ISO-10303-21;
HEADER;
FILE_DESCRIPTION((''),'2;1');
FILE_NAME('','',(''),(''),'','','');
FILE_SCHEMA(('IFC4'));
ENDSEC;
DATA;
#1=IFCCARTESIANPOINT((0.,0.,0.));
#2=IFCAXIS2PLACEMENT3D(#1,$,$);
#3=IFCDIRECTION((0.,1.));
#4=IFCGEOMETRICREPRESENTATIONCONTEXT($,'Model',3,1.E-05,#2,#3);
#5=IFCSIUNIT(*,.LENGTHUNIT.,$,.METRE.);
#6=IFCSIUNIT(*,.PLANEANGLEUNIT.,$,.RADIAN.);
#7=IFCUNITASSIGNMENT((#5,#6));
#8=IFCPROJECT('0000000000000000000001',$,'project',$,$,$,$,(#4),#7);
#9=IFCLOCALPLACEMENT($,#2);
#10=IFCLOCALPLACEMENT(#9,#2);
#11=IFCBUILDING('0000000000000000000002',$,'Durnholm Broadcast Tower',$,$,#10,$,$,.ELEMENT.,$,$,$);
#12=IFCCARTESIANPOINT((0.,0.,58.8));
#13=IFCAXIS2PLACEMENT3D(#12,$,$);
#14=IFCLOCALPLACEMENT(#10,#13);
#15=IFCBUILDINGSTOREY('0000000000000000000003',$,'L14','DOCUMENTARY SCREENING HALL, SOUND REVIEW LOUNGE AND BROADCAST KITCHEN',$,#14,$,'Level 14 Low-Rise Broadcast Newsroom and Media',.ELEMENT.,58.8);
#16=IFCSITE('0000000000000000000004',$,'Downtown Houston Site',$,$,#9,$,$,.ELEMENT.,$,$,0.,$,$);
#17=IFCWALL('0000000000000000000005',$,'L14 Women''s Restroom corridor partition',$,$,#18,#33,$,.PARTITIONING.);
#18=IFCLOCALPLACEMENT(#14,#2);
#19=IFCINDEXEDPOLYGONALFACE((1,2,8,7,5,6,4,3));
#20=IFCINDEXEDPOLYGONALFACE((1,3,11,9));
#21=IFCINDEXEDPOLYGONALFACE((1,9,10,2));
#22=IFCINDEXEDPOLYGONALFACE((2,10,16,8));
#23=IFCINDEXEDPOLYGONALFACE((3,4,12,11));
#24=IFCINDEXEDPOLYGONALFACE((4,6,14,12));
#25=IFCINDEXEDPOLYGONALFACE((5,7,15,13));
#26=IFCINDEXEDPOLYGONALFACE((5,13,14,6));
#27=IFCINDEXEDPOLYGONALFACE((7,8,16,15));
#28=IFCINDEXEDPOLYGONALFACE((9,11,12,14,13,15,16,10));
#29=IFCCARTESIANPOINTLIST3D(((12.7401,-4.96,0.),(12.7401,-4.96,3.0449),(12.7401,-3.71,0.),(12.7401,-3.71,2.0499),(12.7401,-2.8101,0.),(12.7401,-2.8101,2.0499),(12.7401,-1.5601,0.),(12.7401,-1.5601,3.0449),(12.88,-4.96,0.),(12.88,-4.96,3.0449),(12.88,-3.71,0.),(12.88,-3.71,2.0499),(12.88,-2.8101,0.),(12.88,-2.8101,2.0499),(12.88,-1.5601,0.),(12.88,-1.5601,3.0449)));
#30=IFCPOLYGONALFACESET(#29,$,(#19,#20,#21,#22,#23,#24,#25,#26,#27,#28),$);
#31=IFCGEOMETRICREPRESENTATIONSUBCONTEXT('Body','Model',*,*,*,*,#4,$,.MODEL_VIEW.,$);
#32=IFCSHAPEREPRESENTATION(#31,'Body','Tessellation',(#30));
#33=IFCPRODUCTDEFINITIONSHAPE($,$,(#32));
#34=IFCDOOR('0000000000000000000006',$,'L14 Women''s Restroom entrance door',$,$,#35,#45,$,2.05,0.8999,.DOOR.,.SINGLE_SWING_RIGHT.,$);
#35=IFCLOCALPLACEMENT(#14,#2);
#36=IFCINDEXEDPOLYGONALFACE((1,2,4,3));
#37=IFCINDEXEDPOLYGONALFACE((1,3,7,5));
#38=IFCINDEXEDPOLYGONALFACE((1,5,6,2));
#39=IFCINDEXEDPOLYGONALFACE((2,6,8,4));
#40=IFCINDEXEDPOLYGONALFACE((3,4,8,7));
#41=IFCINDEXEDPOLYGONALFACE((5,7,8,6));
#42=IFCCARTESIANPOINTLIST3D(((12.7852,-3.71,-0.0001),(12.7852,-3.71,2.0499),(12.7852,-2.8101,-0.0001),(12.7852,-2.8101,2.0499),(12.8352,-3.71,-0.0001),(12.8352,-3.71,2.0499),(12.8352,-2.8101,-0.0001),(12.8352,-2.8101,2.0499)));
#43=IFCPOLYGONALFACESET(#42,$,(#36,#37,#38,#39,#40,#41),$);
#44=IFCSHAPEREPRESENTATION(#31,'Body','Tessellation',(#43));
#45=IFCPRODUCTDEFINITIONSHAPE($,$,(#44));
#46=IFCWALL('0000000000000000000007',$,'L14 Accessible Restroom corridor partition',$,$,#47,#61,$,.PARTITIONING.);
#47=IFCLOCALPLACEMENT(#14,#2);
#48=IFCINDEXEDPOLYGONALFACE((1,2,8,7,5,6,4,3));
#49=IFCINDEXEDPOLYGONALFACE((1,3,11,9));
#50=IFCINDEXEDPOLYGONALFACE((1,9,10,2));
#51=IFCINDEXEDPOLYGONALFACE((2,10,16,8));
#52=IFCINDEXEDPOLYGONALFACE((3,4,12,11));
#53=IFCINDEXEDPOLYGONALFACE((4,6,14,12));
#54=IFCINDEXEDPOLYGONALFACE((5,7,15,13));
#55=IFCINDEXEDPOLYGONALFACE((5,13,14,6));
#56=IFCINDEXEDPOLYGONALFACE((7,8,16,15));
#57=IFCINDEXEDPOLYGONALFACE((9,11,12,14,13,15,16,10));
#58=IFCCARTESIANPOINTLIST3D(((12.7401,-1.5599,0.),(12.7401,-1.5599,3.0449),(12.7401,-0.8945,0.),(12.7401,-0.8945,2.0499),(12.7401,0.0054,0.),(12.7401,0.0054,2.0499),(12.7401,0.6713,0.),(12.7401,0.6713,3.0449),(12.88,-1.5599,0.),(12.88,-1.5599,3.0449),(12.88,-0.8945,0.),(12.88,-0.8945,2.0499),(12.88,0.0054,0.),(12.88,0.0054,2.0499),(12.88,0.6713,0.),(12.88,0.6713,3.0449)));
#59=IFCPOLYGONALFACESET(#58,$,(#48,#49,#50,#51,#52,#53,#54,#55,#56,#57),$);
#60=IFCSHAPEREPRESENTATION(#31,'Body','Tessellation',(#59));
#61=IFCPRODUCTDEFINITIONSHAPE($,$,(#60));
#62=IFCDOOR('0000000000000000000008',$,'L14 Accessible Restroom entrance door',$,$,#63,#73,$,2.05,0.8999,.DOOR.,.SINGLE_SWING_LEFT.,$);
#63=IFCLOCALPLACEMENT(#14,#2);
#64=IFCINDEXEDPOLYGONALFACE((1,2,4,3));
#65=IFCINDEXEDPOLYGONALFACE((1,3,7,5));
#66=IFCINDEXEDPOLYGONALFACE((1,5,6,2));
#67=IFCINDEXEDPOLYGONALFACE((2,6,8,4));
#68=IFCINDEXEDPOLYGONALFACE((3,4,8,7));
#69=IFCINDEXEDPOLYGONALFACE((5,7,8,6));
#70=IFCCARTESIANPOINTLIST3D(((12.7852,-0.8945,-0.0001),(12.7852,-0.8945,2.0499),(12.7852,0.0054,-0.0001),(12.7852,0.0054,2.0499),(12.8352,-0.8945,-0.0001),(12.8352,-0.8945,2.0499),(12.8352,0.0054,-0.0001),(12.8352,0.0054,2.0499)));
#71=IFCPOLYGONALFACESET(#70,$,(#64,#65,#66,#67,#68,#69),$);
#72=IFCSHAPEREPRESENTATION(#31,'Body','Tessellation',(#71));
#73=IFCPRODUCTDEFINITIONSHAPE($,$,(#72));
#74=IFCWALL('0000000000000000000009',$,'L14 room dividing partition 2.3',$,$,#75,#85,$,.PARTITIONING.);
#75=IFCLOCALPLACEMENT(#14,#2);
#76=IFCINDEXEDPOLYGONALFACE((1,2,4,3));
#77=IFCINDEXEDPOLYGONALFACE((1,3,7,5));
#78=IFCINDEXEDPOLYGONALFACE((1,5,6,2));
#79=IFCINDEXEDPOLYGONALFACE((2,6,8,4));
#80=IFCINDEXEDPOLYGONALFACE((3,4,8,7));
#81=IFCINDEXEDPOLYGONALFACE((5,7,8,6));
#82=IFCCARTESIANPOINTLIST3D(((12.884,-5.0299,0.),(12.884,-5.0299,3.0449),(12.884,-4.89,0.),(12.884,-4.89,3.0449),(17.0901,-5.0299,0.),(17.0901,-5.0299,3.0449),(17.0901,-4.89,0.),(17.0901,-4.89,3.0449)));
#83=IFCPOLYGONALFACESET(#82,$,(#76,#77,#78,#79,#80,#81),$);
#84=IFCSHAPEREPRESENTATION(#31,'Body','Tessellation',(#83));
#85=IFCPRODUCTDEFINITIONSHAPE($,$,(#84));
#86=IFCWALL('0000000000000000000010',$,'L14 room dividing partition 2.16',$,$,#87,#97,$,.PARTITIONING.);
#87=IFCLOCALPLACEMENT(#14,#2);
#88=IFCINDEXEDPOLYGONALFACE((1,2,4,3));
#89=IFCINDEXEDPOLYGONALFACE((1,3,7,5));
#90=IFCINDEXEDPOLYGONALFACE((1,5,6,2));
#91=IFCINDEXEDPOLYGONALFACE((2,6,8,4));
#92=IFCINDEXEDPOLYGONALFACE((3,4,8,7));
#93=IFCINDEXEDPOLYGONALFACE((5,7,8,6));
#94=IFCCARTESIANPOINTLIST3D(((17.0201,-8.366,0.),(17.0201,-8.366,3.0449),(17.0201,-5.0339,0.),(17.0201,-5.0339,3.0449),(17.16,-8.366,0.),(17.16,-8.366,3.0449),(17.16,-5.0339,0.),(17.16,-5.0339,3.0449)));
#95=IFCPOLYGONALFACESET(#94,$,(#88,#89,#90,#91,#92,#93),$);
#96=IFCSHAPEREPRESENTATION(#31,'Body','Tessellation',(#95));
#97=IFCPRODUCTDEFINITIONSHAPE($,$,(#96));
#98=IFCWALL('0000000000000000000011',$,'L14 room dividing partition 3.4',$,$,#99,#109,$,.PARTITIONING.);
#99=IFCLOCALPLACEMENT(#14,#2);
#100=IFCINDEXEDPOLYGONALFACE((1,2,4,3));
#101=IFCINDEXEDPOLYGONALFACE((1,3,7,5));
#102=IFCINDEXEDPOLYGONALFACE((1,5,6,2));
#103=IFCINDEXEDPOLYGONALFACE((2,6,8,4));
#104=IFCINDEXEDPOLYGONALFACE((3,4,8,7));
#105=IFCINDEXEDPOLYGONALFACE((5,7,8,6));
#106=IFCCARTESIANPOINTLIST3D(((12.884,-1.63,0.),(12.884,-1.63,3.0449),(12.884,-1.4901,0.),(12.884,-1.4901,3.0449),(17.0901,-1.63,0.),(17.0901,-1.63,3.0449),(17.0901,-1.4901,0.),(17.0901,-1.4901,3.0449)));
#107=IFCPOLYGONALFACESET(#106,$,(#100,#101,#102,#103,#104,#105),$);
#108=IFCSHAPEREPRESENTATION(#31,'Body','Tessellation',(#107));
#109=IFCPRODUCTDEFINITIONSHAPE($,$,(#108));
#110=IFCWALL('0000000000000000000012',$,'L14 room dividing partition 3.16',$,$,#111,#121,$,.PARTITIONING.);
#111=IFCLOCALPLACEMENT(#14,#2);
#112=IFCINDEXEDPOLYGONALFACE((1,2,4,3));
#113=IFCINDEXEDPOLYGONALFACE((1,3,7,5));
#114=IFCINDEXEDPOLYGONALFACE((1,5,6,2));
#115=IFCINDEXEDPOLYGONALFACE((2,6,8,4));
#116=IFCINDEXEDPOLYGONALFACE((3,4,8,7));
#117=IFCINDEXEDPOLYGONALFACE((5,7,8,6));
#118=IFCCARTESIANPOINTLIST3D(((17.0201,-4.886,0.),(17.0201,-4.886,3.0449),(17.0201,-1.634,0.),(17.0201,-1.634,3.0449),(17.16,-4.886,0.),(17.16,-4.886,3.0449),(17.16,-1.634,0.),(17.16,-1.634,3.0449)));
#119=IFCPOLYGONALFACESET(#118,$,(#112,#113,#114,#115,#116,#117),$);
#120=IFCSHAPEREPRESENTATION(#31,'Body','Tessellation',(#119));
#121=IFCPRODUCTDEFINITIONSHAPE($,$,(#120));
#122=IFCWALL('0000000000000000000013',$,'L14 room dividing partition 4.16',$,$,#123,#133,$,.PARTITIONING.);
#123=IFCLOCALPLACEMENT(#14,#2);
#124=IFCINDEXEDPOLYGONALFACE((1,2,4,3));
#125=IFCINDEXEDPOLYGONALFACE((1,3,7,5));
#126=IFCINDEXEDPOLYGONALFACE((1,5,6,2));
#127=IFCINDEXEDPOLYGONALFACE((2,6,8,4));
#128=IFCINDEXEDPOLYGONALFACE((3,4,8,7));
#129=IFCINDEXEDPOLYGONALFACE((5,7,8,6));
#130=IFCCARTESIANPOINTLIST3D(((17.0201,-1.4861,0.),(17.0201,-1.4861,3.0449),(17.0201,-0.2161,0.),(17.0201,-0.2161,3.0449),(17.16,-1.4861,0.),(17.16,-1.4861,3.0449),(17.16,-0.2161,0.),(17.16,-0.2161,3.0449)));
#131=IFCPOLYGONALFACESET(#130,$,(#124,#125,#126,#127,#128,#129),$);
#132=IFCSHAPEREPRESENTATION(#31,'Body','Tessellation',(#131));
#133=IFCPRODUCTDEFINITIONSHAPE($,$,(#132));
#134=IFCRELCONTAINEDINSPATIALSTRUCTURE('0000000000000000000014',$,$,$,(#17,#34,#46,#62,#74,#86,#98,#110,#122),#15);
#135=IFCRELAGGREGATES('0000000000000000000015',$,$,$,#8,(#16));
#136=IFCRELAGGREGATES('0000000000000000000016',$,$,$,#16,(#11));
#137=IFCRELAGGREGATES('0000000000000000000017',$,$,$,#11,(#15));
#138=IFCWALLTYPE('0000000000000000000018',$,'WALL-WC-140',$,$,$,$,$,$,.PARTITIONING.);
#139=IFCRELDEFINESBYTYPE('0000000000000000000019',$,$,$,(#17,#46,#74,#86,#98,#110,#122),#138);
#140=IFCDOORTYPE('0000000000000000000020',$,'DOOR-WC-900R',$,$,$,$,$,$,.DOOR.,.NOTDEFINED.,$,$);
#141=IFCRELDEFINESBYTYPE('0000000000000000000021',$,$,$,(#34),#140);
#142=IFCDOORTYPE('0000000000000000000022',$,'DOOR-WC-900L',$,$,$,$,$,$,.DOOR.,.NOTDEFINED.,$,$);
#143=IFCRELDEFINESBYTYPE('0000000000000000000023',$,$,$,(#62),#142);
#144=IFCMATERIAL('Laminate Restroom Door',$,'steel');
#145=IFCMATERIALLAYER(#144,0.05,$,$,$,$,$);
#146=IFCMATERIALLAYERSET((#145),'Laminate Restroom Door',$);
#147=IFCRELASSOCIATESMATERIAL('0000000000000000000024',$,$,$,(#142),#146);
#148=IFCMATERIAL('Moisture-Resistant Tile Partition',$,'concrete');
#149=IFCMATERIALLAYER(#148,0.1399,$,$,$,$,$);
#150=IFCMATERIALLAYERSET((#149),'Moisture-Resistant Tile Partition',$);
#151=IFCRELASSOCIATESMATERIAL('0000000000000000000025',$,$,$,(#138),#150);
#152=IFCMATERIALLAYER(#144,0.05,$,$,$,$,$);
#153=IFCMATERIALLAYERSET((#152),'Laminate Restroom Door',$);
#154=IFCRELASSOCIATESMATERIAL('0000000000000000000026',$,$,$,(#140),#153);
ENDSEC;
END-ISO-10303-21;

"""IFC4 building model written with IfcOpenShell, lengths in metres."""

from ifc_helpers import new_model, si_unit, direction, frame, frame_2d, origin, place, context, subcontext, project, spatial, rectangle, extrude, source, transform, mapped, material, layer, layer_set, type_object, type_shapes, element, fill, save


model = new_model("IFC4")

# Units and contexts
model_context = context("Model", 3, precision=1e-05, world=origin(), true_north=direction((0.0, 1.0)))
body_context = subcontext(model_context, "Body", "Model", "MODEL_VIEW")
ifc_project = project(units=[si_unit("LENGTHUNIT", "METRE"), si_unit("PLANEANGLEUNIT", "RADIAN")], contexts=[model_context])

# Site, building, storey
site_placement = place(None, origin())
site = spatial("IfcSite", under=ifc_project, at=site_placement, Name="Downtown Houston Site", CompositionType="ELEMENT", RefElevation=0.0)
building_placement = place(site_placement, origin())
building = spatial("IfcBuilding", under=site, at=building_placement, Name="Durnholm Broadcast Tower", CompositionType="ELEMENT")
storey_placement = place(building_placement, frame((0.0, 0.0, 58.8)))
storey = spatial("IfcBuildingStorey", under=building, at=storey_placement, Name="L14", Description="DOCUMENTARY SCREENING HALL, SOUND REVIEW LOUNGE AND BROADCAST KITCHEN", LongName="Level 14 Low-Rise Broadcast Newsroom and Media", CompositionType="ELEMENT", Elevation=58.8)

# Shared definitions
ifc_material_1 = material(Name="Laminate Restroom Door", Category="steel")
ifc_layer_1 = layer(ifc_material_1, 0.05)
ifc_layer_set_1 = layer_set([ifc_layer_1], Name="Laminate Restroom Door")
door_type_1 = type_object("IfcDoorType", Name="DOOR-WC-900L", OperationType="NOTDEFINED", PredefinedType="DOOR", material=ifc_layer_set_1)
shared_shape_1 = source(origin(), body_context, "Body", "SweptSolid", [
    extrude(rectangle(XDim=0.8999, YDim=2.05, at=frame_2d((0.45, 1.0249))), frame((0.0, 0.0249, 0.0), z_axis=(0.0, -1.0, 0.0), x_axis=(1.0, 0.0, 0.0)), (0.0, 0.0, 1.0), 0.05),
])
type_shapes(door_type_1, [shared_shape_1])

# Walls, openings, doors
ifc_material_2 = material(Name="Moisture-Resistant Tile Partition", Category="concrete")
ifc_layer_2 = layer(ifc_material_2, 0.1399)
ifc_layer_set_2 = layer_set([ifc_layer_2], Name="Moisture-Resistant Tile Partition")
wall_type_1 = type_object("IfcWallType", Name="WALL-WC-140", PredefinedType="PARTITIONING", material=ifc_layer_set_2)
wall_1_placement = place(storey_placement, frame((12.8101, -4.96, 0.0), z_axis=(0.0, 0.0, 1.0), x_axis=(0.0, 1.0, 0.0)))
wall_1 = element("IfcWall", 1, at=wall_1_placement, inside=storey, type_object=wall_type_1, Name="L14 Women's Restroom corridor partition", PredefinedType="PARTITIONING", context=body_context, shape_type="SweptSolid", body=[
    extrude(rectangle(XDim=3.3999, YDim=0.1399, at=frame_2d((1.7, 0.0))), origin(), (0.0, 0.0, 1.0), 3.0449),
])
opening_1_placement = place(wall_1_placement, frame((1.25, 0.0, 0.0)))
opening_1 = element("IfcOpeningElement", 2, at=opening_1_placement, cuts=wall_1, PredefinedType="OPENING", context=body_context, shape_type="SweptSolid", body=[
    extrude(rectangle(XDim=0.8999, YDim=2.05, at=frame_2d((0.45, 1.0249))), frame((0.0, 0.0801, 0.0), z_axis=(0.0, -1.0, 0.0), x_axis=(1.0, 0.0, 0.0)), (0.0, 0.0, 1.0), 0.1599),
])
ifc_layer_3 = layer(ifc_material_1, 0.05)
ifc_layer_set_3 = layer_set([ifc_layer_3], Name="Laminate Restroom Door")
door_type_2 = type_object("IfcDoorType", Name="DOOR-WC-900R", OperationType="NOTDEFINED", PredefinedType="DOOR", material=ifc_layer_set_3)
shared_shape_2 = source(origin(), body_context, "Body", "SweptSolid", [
    extrude(rectangle(XDim=0.8999, YDim=2.05, at=frame_2d((0.45, 1.0249))), frame((0.0, 0.0249, 0.0), z_axis=(0.0, -1.0, 0.0), x_axis=(1.0, 0.0, 0.0)), (0.0, 0.0, 1.0), 0.05),
])
type_shapes(door_type_2, [shared_shape_2])
door_1_placement = place(opening_1_placement, origin())
door_1 = element("IfcDoor", 3, at=door_1_placement, inside=storey, type_object=door_type_2, Name="L14 Women's Restroom entrance door", OperationType="SINGLE_SWING_RIGHT", OverallHeight=2.05, OverallWidth=0.8999, PredefinedType="DOOR", context=body_context, shape_type="MappedRepresentation", body=[
    mapped(shared_shape_2, transform((0.0, 0.0, 0.0), x_axis=(1.0, 0.0, 0.0), y_axis=(0.0, 1.0, 0.0), z_axis=(0.0, 0.0, 1.0), scale=1.0)),
])
fill(opening_1, door_1)
wall_2_placement = place(storey_placement, frame((12.8101, -1.5601, 0.0), z_axis=(0.0, 0.0, 1.0), x_axis=(0.0, 1.0, 0.0)))
wall_2 = element("IfcWall", 4, at=wall_2_placement, inside=storey, type_object=wall_type_1, Name="L14 Accessible Restroom corridor partition", PredefinedType="PARTITIONING", context=body_context, shape_type="SweptSolid", body=[
    extrude(rectangle(XDim=2.2312, YDim=0.1399, at=frame_2d((1.1157, 0.0))), origin(), (0.0, 0.0, 1.0), 3.0449),
])
opening_2_placement = place(wall_2_placement, frame((0.6655, 0.0, 0.0)))
opening_2 = element("IfcOpeningElement", 5, at=opening_2_placement, cuts=wall_2, PredefinedType="OPENING", context=body_context, shape_type="SweptSolid", body=[
    extrude(rectangle(XDim=0.8999, YDim=2.05, at=frame_2d((0.45, 1.0249))), frame((0.0, 0.0801, 0.0), z_axis=(0.0, -1.0, 0.0), x_axis=(1.0, 0.0, 0.0)), (0.0, 0.0, 1.0), 0.1599),
])
door_2_placement = place(opening_2_placement, origin())
door_2 = element("IfcDoor", 6, at=door_2_placement, inside=storey, type_object=door_type_1, Name="L14 Accessible Restroom entrance door", OperationType="SINGLE_SWING_LEFT", OverallHeight=2.05, OverallWidth=0.8999, PredefinedType="DOOR", context=body_context, shape_type="MappedRepresentation", body=[
    mapped(shared_shape_1, transform((0.0, 0.0, 0.0), x_axis=(1.0, 0.0, 0.0), y_axis=(0.0, 1.0, 0.0), z_axis=(0.0, 0.0, 1.0), scale=1.0)),
])
fill(opening_2, door_2)

# Walls
wall_3_placement = place(storey_placement, frame((12.884, -4.96, 0.0), z_axis=(0.0, 0.0, 1.0), x_axis=(1.0, 0.0, 0.0)))
element("IfcWall", 7, at=wall_3_placement, inside=storey, type_object=wall_type_1, Name="L14 room dividing partition 2.3", PredefinedType="PARTITIONING", context=body_context, shape_type="SweptSolid", body=[
    extrude(rectangle(XDim=4.2061, YDim=0.1399, at=frame_2d((2.103, 0.0))), origin(), (0.0, 0.0, 1.0), 3.0449),
])
wall_4_placement = place(storey_placement, frame((17.0901, -5.0339, 0.0), z_axis=(0.0, 0.0, 1.0), x_axis=(0.0, -1.0, 0.0)))
element("IfcWall", 8, at=wall_4_placement, inside=storey, type_object=wall_type_1, Name="L14 room dividing partition 2.16", PredefinedType="PARTITIONING", context=body_context, shape_type="SweptSolid", body=[
    extrude(rectangle(XDim=3.332, YDim=0.1399, at=frame_2d((1.666, 0.0))), origin(), (0.0, 0.0, 1.0), 3.0449),
])
wall_5_placement = place(storey_placement, frame((12.884, -1.5601, 0.0), z_axis=(0.0, 0.0, 1.0), x_axis=(1.0, 0.0, 0.0)))
element("IfcWall", 9, at=wall_5_placement, inside=storey, type_object=wall_type_1, Name="L14 room dividing partition 3.4", PredefinedType="PARTITIONING", context=body_context, shape_type="SweptSolid", body=[
    extrude(rectangle(XDim=4.2061, YDim=0.1399, at=frame_2d((2.103, 0.0))), origin(), (0.0, 0.0, 1.0), 3.0449),
])
wall_6_placement = place(storey_placement, frame((17.0901, -1.634, 0.0), z_axis=(0.0, 0.0, 1.0), x_axis=(0.0, -1.0, 0.0)))
element("IfcWall", 10, at=wall_6_placement, inside=storey, type_object=wall_type_1, Name="L14 room dividing partition 3.16", PredefinedType="PARTITIONING", context=body_context, shape_type="SweptSolid", body=[
    extrude(rectangle(XDim=3.252, YDim=0.1399, at=frame_2d((1.626, 0.0))), origin(), (0.0, 0.0, 1.0), 3.0449),
])
wall_7_placement = place(storey_placement, frame((17.0901, -0.2161, 0.0), z_axis=(0.0, 0.0, 1.0), x_axis=(0.0, -1.0, 0.0)))
element("IfcWall", 11, at=wall_7_placement, inside=storey, type_object=wall_type_1, Name="L14 room dividing partition 4.16", PredefinedType="PARTITIONING", context=body_context, shape_type="SweptSolid", body=[
    extrude(rectangle(XDim=1.27, YDim=0.1399, at=frame_2d((0.635, 0.0))), origin(), (0.0, 0.0, 1.0), 3.0449),
])

save(model, "model.ifc")
